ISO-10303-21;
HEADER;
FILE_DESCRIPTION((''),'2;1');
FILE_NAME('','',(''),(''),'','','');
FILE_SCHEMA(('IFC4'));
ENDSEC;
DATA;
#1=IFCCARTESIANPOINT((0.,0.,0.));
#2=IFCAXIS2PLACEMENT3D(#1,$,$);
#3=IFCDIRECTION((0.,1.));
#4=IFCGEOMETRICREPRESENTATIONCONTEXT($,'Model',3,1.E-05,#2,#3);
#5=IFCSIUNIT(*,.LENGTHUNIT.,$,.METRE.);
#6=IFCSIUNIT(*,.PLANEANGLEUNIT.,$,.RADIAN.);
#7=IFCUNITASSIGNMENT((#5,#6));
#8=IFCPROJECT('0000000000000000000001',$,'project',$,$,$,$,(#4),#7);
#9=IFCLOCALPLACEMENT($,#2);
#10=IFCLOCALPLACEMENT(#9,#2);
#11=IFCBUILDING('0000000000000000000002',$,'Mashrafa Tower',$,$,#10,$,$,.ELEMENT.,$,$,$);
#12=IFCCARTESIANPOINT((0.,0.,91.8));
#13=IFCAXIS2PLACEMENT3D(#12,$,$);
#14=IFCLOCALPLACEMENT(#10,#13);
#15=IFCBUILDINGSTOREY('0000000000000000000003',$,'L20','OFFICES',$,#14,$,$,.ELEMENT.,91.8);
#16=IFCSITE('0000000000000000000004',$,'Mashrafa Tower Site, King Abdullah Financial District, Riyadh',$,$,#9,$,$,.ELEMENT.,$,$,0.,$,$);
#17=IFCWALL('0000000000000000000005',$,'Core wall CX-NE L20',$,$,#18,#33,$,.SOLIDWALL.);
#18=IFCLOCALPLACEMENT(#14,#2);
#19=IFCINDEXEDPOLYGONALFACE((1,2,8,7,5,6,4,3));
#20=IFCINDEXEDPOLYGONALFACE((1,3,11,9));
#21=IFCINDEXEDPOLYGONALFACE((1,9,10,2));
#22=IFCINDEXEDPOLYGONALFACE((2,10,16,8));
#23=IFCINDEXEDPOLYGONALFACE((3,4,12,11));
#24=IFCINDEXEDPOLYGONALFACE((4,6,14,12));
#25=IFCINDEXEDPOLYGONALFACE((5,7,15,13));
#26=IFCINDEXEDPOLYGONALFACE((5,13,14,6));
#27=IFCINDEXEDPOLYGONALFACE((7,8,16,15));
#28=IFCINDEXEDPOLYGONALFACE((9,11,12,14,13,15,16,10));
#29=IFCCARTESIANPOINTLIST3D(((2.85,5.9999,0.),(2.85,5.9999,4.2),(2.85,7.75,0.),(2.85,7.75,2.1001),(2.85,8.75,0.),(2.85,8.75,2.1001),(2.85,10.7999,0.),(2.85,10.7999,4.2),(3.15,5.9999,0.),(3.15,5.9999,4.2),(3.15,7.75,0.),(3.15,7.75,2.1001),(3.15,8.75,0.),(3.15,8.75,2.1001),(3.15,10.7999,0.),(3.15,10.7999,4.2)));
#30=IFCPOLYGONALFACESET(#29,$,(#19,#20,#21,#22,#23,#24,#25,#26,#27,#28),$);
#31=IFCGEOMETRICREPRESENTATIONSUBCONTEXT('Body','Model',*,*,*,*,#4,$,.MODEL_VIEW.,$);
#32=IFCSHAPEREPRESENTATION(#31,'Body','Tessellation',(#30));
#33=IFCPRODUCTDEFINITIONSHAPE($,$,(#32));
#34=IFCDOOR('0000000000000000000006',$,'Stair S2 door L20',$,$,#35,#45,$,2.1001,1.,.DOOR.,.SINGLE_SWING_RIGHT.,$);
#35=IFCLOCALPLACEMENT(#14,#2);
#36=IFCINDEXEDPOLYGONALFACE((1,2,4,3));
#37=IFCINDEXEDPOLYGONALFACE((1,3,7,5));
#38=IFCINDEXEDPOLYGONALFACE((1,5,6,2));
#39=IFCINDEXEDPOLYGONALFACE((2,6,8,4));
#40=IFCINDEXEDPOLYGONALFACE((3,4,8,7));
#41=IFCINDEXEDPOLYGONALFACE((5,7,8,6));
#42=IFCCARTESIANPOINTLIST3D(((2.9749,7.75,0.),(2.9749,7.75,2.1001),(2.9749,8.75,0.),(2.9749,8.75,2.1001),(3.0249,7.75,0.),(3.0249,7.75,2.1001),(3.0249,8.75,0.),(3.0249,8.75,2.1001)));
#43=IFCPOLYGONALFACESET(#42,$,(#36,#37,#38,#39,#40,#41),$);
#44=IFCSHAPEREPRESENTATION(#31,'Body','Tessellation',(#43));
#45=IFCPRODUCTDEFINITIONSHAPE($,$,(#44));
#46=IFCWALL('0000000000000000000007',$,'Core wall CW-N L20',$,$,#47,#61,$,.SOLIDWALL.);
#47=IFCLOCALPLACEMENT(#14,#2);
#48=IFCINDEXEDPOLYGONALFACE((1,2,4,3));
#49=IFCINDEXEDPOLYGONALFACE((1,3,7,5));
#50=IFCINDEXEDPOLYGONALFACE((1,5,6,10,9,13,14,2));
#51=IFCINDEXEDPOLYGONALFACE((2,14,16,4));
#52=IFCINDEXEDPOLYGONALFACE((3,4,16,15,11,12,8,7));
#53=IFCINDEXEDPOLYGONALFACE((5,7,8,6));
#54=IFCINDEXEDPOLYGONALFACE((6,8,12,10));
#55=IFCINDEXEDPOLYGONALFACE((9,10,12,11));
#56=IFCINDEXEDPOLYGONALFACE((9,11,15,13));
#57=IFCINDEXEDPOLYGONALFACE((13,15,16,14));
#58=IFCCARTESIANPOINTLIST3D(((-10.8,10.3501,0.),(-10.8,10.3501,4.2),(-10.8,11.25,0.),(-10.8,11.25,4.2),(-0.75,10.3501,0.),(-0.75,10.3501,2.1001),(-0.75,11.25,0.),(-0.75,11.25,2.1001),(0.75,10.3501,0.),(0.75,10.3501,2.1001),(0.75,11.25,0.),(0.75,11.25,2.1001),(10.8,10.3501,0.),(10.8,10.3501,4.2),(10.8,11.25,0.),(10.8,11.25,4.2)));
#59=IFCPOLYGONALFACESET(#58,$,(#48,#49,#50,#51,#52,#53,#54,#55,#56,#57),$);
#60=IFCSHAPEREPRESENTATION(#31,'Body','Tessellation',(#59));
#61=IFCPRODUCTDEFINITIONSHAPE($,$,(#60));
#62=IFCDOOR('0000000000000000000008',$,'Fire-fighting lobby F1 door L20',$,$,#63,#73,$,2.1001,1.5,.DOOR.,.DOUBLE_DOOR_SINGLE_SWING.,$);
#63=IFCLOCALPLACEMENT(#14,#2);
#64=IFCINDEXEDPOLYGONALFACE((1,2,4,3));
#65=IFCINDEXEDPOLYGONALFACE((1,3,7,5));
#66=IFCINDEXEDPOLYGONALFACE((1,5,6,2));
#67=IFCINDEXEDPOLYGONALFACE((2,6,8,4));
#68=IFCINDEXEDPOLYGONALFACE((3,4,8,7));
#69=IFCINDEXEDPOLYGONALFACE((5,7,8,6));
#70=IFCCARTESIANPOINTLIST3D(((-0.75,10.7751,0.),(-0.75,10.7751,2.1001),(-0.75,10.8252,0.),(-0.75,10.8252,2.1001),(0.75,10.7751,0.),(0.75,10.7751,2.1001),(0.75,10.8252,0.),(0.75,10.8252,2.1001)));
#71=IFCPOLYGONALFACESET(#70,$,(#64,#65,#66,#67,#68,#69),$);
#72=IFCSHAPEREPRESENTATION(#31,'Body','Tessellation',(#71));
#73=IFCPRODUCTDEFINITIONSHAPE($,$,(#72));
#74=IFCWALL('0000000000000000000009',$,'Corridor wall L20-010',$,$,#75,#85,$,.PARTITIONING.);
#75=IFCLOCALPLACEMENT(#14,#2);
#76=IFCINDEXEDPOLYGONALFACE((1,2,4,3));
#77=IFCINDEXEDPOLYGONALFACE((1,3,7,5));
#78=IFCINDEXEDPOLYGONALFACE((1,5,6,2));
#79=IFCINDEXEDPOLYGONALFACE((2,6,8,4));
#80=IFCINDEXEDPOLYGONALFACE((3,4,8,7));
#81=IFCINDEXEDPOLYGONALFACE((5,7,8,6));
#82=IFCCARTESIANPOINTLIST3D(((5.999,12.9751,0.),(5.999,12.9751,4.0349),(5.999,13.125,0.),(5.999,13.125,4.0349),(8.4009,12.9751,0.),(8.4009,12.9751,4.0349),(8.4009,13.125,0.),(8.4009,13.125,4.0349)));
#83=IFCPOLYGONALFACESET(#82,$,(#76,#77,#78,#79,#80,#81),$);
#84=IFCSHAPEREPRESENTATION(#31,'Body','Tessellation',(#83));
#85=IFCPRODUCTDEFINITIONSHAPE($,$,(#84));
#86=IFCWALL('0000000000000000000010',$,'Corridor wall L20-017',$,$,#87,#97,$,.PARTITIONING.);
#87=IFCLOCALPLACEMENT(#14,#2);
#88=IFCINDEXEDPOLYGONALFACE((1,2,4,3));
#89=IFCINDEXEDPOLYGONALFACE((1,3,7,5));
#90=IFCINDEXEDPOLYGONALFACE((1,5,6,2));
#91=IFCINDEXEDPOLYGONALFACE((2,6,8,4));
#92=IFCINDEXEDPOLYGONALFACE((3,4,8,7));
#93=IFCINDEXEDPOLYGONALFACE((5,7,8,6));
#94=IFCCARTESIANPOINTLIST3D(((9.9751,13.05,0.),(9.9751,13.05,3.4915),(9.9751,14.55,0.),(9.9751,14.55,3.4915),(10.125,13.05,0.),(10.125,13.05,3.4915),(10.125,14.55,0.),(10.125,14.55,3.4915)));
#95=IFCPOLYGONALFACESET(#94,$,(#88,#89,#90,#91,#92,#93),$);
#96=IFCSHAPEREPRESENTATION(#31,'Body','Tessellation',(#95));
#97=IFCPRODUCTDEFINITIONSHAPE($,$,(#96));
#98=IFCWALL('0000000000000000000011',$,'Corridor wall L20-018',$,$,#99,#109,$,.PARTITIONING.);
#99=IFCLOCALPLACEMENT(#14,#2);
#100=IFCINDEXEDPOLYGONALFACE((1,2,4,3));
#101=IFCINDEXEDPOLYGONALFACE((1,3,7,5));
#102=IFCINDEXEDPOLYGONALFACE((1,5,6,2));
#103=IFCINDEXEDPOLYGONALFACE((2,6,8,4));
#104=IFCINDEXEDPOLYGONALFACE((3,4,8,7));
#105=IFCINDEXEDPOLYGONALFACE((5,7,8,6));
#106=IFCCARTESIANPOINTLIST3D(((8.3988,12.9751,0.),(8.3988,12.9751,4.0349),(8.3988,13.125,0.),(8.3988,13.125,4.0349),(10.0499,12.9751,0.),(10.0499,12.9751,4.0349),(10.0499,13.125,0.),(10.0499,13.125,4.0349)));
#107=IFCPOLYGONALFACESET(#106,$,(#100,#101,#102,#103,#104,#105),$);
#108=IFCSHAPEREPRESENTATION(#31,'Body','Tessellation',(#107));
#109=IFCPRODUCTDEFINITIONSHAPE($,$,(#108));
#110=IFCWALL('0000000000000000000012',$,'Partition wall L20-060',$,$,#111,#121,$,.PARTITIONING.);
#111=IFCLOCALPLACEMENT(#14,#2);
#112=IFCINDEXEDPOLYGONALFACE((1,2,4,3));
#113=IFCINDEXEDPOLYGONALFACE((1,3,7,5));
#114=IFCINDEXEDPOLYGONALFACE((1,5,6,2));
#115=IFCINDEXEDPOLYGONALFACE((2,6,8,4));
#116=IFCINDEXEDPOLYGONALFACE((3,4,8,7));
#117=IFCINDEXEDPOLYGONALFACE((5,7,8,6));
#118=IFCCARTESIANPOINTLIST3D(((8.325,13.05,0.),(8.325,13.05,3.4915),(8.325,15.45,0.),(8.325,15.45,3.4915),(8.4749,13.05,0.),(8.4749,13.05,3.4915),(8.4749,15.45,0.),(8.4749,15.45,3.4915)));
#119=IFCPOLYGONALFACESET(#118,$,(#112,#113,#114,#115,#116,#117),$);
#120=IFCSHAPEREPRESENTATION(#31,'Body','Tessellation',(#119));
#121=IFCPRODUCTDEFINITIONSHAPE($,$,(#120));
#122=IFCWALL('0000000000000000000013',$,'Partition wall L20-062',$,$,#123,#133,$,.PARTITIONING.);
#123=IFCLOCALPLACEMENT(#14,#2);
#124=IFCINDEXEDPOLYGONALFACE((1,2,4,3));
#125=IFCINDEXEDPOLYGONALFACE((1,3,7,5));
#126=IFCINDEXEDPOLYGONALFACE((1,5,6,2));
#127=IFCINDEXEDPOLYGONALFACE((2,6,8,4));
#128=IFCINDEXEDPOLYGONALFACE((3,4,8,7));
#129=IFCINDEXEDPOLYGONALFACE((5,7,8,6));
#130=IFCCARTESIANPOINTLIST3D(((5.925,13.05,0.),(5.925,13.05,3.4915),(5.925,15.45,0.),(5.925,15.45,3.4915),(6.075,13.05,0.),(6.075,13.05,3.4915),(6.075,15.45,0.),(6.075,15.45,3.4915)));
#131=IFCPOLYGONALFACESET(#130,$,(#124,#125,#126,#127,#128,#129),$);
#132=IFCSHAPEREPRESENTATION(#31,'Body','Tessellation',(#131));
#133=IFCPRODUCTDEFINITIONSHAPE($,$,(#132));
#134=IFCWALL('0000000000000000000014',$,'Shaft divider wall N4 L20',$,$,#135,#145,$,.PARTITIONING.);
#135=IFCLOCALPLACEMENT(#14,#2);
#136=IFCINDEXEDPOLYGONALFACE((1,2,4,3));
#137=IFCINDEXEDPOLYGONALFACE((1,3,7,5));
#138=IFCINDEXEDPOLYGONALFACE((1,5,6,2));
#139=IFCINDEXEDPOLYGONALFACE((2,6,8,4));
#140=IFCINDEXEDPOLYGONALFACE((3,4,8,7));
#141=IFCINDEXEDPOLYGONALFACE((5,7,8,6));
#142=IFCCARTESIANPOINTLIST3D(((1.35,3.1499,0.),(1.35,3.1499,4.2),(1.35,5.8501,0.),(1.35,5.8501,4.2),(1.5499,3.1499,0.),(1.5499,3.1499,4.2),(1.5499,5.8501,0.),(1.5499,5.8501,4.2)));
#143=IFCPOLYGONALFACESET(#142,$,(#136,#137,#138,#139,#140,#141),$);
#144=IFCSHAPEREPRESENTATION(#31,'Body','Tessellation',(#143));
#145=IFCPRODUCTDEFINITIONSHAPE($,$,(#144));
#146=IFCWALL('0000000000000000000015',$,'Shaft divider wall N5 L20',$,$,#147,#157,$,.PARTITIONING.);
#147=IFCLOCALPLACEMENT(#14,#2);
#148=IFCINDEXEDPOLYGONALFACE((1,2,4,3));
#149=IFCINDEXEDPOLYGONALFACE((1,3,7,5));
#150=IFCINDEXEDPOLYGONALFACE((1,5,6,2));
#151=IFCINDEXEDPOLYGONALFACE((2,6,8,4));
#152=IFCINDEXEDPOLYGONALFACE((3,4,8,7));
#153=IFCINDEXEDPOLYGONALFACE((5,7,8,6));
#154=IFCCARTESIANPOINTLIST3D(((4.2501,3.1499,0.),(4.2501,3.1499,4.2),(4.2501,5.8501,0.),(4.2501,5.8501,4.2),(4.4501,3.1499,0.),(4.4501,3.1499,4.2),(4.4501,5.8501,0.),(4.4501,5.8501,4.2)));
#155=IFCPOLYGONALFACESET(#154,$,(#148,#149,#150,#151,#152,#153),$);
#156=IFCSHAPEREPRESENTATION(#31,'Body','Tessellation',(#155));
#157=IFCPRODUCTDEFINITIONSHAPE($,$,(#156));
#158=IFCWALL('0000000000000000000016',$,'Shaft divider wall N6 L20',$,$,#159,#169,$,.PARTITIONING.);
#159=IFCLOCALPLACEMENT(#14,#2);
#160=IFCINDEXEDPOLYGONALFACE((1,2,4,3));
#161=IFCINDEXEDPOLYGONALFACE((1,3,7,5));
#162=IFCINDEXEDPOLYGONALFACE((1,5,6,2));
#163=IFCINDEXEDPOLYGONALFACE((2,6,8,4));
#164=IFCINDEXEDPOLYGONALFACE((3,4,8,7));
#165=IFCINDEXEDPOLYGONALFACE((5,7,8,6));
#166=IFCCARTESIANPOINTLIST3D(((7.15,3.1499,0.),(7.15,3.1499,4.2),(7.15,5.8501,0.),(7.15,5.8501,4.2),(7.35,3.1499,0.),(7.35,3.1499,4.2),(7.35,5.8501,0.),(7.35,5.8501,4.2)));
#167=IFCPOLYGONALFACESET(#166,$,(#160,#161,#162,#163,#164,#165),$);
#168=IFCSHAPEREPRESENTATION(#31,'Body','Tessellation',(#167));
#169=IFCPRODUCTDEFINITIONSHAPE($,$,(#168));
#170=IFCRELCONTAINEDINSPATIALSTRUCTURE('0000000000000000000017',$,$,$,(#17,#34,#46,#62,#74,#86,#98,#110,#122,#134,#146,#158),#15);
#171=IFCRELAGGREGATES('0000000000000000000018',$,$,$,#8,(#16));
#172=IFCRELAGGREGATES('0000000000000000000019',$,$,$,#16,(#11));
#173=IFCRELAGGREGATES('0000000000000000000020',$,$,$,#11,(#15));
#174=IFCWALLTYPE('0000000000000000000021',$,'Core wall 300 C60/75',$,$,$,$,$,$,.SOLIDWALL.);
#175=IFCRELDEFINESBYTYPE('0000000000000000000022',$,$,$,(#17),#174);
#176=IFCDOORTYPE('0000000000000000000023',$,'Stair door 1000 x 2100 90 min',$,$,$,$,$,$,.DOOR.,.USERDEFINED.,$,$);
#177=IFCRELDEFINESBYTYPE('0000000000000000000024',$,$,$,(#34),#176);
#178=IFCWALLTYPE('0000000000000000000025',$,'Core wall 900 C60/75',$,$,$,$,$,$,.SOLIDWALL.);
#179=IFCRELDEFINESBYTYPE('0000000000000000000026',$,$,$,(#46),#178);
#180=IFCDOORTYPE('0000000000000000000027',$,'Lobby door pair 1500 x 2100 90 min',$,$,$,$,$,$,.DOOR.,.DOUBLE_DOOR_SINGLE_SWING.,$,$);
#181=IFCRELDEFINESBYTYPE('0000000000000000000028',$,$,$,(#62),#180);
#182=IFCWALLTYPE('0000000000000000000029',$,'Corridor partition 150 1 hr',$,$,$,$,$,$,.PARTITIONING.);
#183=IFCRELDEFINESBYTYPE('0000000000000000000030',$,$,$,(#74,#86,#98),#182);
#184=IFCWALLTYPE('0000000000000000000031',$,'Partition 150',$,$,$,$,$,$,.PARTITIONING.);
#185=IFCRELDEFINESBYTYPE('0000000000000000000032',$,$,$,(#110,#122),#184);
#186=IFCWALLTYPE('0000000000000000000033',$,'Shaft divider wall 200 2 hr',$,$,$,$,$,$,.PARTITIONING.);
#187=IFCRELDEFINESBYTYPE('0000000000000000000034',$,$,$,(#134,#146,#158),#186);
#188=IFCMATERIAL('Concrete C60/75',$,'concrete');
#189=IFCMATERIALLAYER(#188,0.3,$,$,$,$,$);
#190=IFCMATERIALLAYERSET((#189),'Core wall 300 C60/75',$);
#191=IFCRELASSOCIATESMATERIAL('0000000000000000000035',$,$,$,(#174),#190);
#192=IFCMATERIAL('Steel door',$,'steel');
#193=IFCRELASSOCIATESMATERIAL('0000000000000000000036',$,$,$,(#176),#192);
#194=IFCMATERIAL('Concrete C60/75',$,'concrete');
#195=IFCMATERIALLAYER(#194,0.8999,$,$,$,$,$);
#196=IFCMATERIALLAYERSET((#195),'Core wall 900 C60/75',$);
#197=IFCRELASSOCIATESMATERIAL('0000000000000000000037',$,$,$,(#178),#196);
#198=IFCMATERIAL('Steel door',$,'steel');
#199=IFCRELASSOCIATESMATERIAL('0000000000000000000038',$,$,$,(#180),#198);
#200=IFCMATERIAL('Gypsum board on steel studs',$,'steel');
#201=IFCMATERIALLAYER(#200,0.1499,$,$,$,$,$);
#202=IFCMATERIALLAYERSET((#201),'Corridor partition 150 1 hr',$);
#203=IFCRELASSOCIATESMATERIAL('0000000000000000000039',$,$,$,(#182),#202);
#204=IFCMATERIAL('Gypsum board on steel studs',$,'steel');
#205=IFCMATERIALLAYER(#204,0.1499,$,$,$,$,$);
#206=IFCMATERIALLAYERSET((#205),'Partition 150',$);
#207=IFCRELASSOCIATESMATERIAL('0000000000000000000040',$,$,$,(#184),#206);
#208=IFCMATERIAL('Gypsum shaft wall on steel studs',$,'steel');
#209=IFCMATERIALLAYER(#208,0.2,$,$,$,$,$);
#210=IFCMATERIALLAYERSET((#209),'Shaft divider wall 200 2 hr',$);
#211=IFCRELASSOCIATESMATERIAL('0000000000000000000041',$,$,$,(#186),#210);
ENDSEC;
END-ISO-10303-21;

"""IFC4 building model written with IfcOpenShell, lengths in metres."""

from ifc_helpers import new_model, si_unit, direction, frame, frame_2d, origin, place, context, subcontext, project, spatial, rectangle, extrude, material, layer, layer_set, type_object, element, fill, save


model = new_model("IFC4")

# Units and contexts
model_context = context("Model", 3, precision=1e-05, world=origin(), true_north=direction((0.0, 1.0)))
body_context = subcontext(model_context, "Body", "Model", "MODEL_VIEW")
ifc_project = project(units=[si_unit("LENGTHUNIT", "METRE"), si_unit("PLANEANGLEUNIT", "RADIAN")], contexts=[model_context])

# Site, building, storey
site_placement = place(None, origin())
site = spatial("IfcSite", under=ifc_project, at=site_placement, Name="Mashrafa Tower Site, King Abdullah Financial District, Riyadh", CompositionType="ELEMENT", RefElevation=0.0)
building_placement = place(site_placement, origin())
building = spatial("IfcBuilding", under=site, at=building_placement, Name="Mashrafa Tower", CompositionType="ELEMENT")
storey_placement = place(building_placement, frame((0.0, 0.0, 91.8)))
storey = spatial("IfcBuildingStorey", under=building, at=storey_placement, Name="L20", Description="OFFICES", CompositionType="ELEMENT", Elevation=91.8)

# Walls, openings, doors
ifc_material_1 = material(Name="Concrete C60/75", Category="concrete")
ifc_layer_1 = layer(ifc_material_1, 0.3)
ifc_layer_set_1 = layer_set([ifc_layer_1], Name="Core wall 300 C60/75")
wall_type_1 = type_object("IfcWallType", Name="Core wall 300 C60/75", PredefinedType="SOLIDWALL", material=ifc_layer_set_1)
wall_1_placement = place(storey_placement, frame((3.0, 6.0, 0.0), z_axis=(0.0, 0.0, 1.0), x_axis=(0.0, 1.0, 0.0)))
wall_1 = element("IfcWall", 1, at=wall_1_placement, inside=storey, type_object=wall_type_1, Name="Core wall CX-NE L20", PredefinedType="SOLIDWALL", context=body_context, shape_type="SweptSolid", body=[
    extrude(rectangle(XDim=4.8, YDim=0.3, at=frame_2d((2.3999, 0.0))), origin(), (0.0, 0.0, 1.0), 4.2),
])
opening_1_placement = place(wall_1_placement, frame((1.75, 0.0, 0.0)))
opening_1 = element("IfcOpeningElement", 2, at=opening_1_placement, cuts=wall_1, PredefinedType="OPENING", context=body_context, shape_type="SweptSolid", body=[
    extrude(rectangle(XDim=1.0, YDim=2.1001, at=frame_2d((0.5, 1.05))), frame((0.0, 0.1599, 0.0), z_axis=(0.0, -1.0, 0.0), x_axis=(1.0, 0.0, 0.0)), (0.0, 0.0, 1.0), 0.3201),
])
ifc_material_2 = material(Name="Steel door", Category="steel")
door_type_1 = type_object("IfcDoorType", Name="Stair door 1000 x 2100 90 min", OperationType="USERDEFINED", PredefinedType="DOOR", material=ifc_material_2)
door_1_placement = place(opening_1_placement, frame((1.0, 0.0, 0.0), z_axis=(0.0, 0.0, 1.0), x_axis=(-1.0, 0.0, 0.0)))
door_1 = element("IfcDoor", 3, at=door_1_placement, inside=storey, type_object=door_type_1, Name="Stair S2 door L20", OperationType="SINGLE_SWING_RIGHT", OverallHeight=2.1001, OverallWidth=1.0, PredefinedType="DOOR", context=body_context, shape_type="SweptSolid", body=[
    extrude(rectangle(XDim=1.0, YDim=2.1001, at=frame_2d((0.5, 1.05))), frame((0.0, 0.0249, 0.0), z_axis=(0.0, -1.0, 0.0), x_axis=(1.0, 0.0, 0.0)), (0.0, 0.0, 1.0), 0.05),
])
fill(opening_1, door_1)
ifc_material_3 = material(Name="Concrete C60/75", Category="concrete")
ifc_layer_2 = layer(ifc_material_3, 0.8999)
ifc_layer_set_2 = layer_set([ifc_layer_2], Name="Core wall 900 C60/75")
wall_type_2 = type_object("IfcWallType", Name="Core wall 900 C60/75", PredefinedType="SOLIDWALL", material=ifc_layer_set_2)
wall_2_placement = place(storey_placement, frame((10.8, 10.8, 0.0), z_axis=(0.0, 0.0, 1.0), x_axis=(-1.0, 0.0, 0.0)))
wall_2 = element("IfcWall", 4, at=wall_2_placement, inside=storey, type_object=wall_type_2, Name="Core wall CW-N L20", PredefinedType="SOLIDWALL", context=body_context, shape_type="SweptSolid", body=[
    extrude(rectangle(XDim=21.6001, YDim=0.8999, at=frame_2d((10.8, 0.0))), origin(), (0.0, 0.0, 1.0), 4.2),
])
opening_2_placement = place(wall_2_placement, frame((10.05, 0.0, 0.0)))
opening_2 = element("IfcOpeningElement", 5, at=opening_2_placement, cuts=wall_2, PredefinedType="OPENING", context=body_context, shape_type="SweptSolid", body=[
    extrude(rectangle(XDim=1.5, YDim=2.1001, at=frame_2d((0.75, 1.05))), frame((0.0, 0.46, 0.0), z_axis=(0.0, -1.0, 0.0), x_axis=(1.0, 0.0, 0.0)), (0.0, 0.0, 1.0), 0.9199),
])
ifc_material_4 = material(Name="Steel door", Category="steel")
door_type_2 = type_object("IfcDoorType", Name="Lobby door pair 1500 x 2100 90 min", OperationType="DOUBLE_DOOR_SINGLE_SWING", PredefinedType="DOOR", material=ifc_material_4)
door_2_placement = place(opening_2_placement, origin())
door_2 = element("IfcDoor", 6, at=door_2_placement, inside=storey, type_object=door_type_2, Name="Fire-fighting lobby F1 door L20", OperationType="DOUBLE_DOOR_SINGLE_SWING", OverallHeight=2.1001, OverallWidth=1.5, PredefinedType="DOOR", context=body_context, shape_type="SweptSolid", body=[
    extrude(rectangle(XDim=1.5, YDim=2.1001, at=frame_2d((0.75, 1.05))), frame((0.0, 0.0249, 0.0), z_axis=(0.0, -1.0, 0.0), x_axis=(1.0, 0.0, 0.0)), (0.0, 0.0, 1.0), 0.05),
])
fill(opening_2, door_2)

# Wall
ifc_material_5 = material(Name="Gypsum board on steel studs", Category="steel")
ifc_layer_3 = layer(ifc_material_5, 0.1499)
ifc_layer_set_3 = layer_set([ifc_layer_3], Name="Corridor partition 150 1 hr")
wall_type_3 = type_object("IfcWallType", Name="Corridor partition 150 1 hr", PredefinedType="PARTITIONING", material=ifc_layer_set_3)
wall_3_placement = place(storey_placement, frame((8.4009, 13.05, 0.0), z_axis=(0.0, 0.0, 1.0), x_axis=(-1.0, 0.0, 0.0)))
element("IfcWall", 7, at=wall_3_placement, inside=storey, type_object=wall_type_3, Name="Corridor wall L20-010", PredefinedType="PARTITIONING", context=body_context, shape_type="SweptSolid", body=[
    extrude(rectangle(XDim=2.4019, YDim=0.1499, at=frame_2d((1.2009, 0.0))), origin(), (0.0, 0.0, 1.0), 4.0349),
])

# Walls
wall_4_placement = place(storey_placement, frame((10.05, 14.55, 0.0), z_axis=(0.0, 0.0, 1.0), x_axis=(0.0, -1.0, 0.0)))
element("IfcWall", 8, at=wall_4_placement, inside=storey, type_object=wall_type_3, Name="Corridor wall L20-017", PredefinedType="PARTITIONING", context=body_context, shape_type="SweptSolid", body=[
    extrude(rectangle(XDim=1.5, YDim=0.1499, at=frame_2d((0.75, 0.0))), origin(), (0.0, 0.0, 1.0), 3.4915),
])
wall_5_placement = place(storey_placement, frame((10.05, 13.05, 0.0), z_axis=(0.0, 0.0, 1.0), x_axis=(-1.0, 0.0, 0.0)))
element("IfcWall", 9, at=wall_5_placement, inside=storey, type_object=wall_type_3, Name="Corridor wall L20-018", PredefinedType="PARTITIONING", context=body_context, shape_type="SweptSolid", body=[
    extrude(rectangle(XDim=1.6511, YDim=0.1499, at=frame_2d((0.8257, 0.0))), origin(), (0.0, 0.0, 1.0), 4.0349),
])

# Walls
ifc_material_6 = material(Name="Gypsum board on steel studs", Category="steel")
ifc_layer_4 = layer(ifc_material_6, 0.1499)
ifc_layer_set_4 = layer_set([ifc_layer_4], Name="Partition 150")
wall_type_4 = type_object("IfcWallType", Name="Partition 150", PredefinedType="PARTITIONING", material=ifc_layer_set_4)
for number, where, z_axis, x_axis, name in (
    (10, (8.3999, 13.05, 0.0), (0.0, 0.0, 1.0), (0.0, 1.0, 0.0), "Partition wall L20-060"),
    (11, (6.0, 15.45, 0.0), (0.0, 0.0, 1.0), (0.0, -1.0, 0.0), "Partition wall L20-062"),
):
    element("IfcWall", number, at=place(storey_placement, frame(where, z_axis=z_axis, x_axis=x_axis)), inside=storey, type_object=wall_type_4, Name=name, PredefinedType="PARTITIONING", context=body_context, shape_type="SweptSolid", body=[
        extrude(rectangle(XDim=2.3999, YDim=0.1499, at=frame_2d((1.2, 0.0))), origin(), (0.0, 0.0, 1.0), 3.4915),
    ])
ifc_material_7 = material(Name="Gypsum shaft wall on steel studs", Category="steel")
ifc_layer_5 = layer(ifc_material_7, 0.2)
ifc_layer_set_5 = layer_set([ifc_layer_5], Name="Shaft divider wall 200 2 hr")
wall_type_5 = type_object("IfcWallType", Name="Shaft divider wall 200 2 hr", PredefinedType="PARTITIONING", material=ifc_layer_set_5)
for number, where, z_axis, x_axis, name in (
    (12, (1.45, 3.1499, 0.0), (0.0, 0.0, 1.0), (0.0, 1.0, 0.0), "Shaft divider wall N4 L20"),
    (13, (4.3501, 3.1499, 0.0), (0.0, 0.0, 1.0), (0.0, 1.0, 0.0), "Shaft divider wall N5 L20"),
    (14, (7.25, 3.1499, 0.0), (0.0, 0.0, 1.0), (0.0, 1.0, 0.0), "Shaft divider wall N6 L20"),
):
    element("IfcWall", number, at=place(storey_placement, frame(where, z_axis=z_axis, x_axis=x_axis)), inside=storey, type_object=wall_type_5, Name=name, PredefinedType="PARTITIONING", context=body_context, shape_type="SweptSolid", body=[
        extrude(rectangle(XDim=2.7002, YDim=0.2, at=frame_2d((1.3501, 0.0))), origin(), (0.0, 0.0, 1.0), 4.2),
    ])

save(model, "model.ifc")
